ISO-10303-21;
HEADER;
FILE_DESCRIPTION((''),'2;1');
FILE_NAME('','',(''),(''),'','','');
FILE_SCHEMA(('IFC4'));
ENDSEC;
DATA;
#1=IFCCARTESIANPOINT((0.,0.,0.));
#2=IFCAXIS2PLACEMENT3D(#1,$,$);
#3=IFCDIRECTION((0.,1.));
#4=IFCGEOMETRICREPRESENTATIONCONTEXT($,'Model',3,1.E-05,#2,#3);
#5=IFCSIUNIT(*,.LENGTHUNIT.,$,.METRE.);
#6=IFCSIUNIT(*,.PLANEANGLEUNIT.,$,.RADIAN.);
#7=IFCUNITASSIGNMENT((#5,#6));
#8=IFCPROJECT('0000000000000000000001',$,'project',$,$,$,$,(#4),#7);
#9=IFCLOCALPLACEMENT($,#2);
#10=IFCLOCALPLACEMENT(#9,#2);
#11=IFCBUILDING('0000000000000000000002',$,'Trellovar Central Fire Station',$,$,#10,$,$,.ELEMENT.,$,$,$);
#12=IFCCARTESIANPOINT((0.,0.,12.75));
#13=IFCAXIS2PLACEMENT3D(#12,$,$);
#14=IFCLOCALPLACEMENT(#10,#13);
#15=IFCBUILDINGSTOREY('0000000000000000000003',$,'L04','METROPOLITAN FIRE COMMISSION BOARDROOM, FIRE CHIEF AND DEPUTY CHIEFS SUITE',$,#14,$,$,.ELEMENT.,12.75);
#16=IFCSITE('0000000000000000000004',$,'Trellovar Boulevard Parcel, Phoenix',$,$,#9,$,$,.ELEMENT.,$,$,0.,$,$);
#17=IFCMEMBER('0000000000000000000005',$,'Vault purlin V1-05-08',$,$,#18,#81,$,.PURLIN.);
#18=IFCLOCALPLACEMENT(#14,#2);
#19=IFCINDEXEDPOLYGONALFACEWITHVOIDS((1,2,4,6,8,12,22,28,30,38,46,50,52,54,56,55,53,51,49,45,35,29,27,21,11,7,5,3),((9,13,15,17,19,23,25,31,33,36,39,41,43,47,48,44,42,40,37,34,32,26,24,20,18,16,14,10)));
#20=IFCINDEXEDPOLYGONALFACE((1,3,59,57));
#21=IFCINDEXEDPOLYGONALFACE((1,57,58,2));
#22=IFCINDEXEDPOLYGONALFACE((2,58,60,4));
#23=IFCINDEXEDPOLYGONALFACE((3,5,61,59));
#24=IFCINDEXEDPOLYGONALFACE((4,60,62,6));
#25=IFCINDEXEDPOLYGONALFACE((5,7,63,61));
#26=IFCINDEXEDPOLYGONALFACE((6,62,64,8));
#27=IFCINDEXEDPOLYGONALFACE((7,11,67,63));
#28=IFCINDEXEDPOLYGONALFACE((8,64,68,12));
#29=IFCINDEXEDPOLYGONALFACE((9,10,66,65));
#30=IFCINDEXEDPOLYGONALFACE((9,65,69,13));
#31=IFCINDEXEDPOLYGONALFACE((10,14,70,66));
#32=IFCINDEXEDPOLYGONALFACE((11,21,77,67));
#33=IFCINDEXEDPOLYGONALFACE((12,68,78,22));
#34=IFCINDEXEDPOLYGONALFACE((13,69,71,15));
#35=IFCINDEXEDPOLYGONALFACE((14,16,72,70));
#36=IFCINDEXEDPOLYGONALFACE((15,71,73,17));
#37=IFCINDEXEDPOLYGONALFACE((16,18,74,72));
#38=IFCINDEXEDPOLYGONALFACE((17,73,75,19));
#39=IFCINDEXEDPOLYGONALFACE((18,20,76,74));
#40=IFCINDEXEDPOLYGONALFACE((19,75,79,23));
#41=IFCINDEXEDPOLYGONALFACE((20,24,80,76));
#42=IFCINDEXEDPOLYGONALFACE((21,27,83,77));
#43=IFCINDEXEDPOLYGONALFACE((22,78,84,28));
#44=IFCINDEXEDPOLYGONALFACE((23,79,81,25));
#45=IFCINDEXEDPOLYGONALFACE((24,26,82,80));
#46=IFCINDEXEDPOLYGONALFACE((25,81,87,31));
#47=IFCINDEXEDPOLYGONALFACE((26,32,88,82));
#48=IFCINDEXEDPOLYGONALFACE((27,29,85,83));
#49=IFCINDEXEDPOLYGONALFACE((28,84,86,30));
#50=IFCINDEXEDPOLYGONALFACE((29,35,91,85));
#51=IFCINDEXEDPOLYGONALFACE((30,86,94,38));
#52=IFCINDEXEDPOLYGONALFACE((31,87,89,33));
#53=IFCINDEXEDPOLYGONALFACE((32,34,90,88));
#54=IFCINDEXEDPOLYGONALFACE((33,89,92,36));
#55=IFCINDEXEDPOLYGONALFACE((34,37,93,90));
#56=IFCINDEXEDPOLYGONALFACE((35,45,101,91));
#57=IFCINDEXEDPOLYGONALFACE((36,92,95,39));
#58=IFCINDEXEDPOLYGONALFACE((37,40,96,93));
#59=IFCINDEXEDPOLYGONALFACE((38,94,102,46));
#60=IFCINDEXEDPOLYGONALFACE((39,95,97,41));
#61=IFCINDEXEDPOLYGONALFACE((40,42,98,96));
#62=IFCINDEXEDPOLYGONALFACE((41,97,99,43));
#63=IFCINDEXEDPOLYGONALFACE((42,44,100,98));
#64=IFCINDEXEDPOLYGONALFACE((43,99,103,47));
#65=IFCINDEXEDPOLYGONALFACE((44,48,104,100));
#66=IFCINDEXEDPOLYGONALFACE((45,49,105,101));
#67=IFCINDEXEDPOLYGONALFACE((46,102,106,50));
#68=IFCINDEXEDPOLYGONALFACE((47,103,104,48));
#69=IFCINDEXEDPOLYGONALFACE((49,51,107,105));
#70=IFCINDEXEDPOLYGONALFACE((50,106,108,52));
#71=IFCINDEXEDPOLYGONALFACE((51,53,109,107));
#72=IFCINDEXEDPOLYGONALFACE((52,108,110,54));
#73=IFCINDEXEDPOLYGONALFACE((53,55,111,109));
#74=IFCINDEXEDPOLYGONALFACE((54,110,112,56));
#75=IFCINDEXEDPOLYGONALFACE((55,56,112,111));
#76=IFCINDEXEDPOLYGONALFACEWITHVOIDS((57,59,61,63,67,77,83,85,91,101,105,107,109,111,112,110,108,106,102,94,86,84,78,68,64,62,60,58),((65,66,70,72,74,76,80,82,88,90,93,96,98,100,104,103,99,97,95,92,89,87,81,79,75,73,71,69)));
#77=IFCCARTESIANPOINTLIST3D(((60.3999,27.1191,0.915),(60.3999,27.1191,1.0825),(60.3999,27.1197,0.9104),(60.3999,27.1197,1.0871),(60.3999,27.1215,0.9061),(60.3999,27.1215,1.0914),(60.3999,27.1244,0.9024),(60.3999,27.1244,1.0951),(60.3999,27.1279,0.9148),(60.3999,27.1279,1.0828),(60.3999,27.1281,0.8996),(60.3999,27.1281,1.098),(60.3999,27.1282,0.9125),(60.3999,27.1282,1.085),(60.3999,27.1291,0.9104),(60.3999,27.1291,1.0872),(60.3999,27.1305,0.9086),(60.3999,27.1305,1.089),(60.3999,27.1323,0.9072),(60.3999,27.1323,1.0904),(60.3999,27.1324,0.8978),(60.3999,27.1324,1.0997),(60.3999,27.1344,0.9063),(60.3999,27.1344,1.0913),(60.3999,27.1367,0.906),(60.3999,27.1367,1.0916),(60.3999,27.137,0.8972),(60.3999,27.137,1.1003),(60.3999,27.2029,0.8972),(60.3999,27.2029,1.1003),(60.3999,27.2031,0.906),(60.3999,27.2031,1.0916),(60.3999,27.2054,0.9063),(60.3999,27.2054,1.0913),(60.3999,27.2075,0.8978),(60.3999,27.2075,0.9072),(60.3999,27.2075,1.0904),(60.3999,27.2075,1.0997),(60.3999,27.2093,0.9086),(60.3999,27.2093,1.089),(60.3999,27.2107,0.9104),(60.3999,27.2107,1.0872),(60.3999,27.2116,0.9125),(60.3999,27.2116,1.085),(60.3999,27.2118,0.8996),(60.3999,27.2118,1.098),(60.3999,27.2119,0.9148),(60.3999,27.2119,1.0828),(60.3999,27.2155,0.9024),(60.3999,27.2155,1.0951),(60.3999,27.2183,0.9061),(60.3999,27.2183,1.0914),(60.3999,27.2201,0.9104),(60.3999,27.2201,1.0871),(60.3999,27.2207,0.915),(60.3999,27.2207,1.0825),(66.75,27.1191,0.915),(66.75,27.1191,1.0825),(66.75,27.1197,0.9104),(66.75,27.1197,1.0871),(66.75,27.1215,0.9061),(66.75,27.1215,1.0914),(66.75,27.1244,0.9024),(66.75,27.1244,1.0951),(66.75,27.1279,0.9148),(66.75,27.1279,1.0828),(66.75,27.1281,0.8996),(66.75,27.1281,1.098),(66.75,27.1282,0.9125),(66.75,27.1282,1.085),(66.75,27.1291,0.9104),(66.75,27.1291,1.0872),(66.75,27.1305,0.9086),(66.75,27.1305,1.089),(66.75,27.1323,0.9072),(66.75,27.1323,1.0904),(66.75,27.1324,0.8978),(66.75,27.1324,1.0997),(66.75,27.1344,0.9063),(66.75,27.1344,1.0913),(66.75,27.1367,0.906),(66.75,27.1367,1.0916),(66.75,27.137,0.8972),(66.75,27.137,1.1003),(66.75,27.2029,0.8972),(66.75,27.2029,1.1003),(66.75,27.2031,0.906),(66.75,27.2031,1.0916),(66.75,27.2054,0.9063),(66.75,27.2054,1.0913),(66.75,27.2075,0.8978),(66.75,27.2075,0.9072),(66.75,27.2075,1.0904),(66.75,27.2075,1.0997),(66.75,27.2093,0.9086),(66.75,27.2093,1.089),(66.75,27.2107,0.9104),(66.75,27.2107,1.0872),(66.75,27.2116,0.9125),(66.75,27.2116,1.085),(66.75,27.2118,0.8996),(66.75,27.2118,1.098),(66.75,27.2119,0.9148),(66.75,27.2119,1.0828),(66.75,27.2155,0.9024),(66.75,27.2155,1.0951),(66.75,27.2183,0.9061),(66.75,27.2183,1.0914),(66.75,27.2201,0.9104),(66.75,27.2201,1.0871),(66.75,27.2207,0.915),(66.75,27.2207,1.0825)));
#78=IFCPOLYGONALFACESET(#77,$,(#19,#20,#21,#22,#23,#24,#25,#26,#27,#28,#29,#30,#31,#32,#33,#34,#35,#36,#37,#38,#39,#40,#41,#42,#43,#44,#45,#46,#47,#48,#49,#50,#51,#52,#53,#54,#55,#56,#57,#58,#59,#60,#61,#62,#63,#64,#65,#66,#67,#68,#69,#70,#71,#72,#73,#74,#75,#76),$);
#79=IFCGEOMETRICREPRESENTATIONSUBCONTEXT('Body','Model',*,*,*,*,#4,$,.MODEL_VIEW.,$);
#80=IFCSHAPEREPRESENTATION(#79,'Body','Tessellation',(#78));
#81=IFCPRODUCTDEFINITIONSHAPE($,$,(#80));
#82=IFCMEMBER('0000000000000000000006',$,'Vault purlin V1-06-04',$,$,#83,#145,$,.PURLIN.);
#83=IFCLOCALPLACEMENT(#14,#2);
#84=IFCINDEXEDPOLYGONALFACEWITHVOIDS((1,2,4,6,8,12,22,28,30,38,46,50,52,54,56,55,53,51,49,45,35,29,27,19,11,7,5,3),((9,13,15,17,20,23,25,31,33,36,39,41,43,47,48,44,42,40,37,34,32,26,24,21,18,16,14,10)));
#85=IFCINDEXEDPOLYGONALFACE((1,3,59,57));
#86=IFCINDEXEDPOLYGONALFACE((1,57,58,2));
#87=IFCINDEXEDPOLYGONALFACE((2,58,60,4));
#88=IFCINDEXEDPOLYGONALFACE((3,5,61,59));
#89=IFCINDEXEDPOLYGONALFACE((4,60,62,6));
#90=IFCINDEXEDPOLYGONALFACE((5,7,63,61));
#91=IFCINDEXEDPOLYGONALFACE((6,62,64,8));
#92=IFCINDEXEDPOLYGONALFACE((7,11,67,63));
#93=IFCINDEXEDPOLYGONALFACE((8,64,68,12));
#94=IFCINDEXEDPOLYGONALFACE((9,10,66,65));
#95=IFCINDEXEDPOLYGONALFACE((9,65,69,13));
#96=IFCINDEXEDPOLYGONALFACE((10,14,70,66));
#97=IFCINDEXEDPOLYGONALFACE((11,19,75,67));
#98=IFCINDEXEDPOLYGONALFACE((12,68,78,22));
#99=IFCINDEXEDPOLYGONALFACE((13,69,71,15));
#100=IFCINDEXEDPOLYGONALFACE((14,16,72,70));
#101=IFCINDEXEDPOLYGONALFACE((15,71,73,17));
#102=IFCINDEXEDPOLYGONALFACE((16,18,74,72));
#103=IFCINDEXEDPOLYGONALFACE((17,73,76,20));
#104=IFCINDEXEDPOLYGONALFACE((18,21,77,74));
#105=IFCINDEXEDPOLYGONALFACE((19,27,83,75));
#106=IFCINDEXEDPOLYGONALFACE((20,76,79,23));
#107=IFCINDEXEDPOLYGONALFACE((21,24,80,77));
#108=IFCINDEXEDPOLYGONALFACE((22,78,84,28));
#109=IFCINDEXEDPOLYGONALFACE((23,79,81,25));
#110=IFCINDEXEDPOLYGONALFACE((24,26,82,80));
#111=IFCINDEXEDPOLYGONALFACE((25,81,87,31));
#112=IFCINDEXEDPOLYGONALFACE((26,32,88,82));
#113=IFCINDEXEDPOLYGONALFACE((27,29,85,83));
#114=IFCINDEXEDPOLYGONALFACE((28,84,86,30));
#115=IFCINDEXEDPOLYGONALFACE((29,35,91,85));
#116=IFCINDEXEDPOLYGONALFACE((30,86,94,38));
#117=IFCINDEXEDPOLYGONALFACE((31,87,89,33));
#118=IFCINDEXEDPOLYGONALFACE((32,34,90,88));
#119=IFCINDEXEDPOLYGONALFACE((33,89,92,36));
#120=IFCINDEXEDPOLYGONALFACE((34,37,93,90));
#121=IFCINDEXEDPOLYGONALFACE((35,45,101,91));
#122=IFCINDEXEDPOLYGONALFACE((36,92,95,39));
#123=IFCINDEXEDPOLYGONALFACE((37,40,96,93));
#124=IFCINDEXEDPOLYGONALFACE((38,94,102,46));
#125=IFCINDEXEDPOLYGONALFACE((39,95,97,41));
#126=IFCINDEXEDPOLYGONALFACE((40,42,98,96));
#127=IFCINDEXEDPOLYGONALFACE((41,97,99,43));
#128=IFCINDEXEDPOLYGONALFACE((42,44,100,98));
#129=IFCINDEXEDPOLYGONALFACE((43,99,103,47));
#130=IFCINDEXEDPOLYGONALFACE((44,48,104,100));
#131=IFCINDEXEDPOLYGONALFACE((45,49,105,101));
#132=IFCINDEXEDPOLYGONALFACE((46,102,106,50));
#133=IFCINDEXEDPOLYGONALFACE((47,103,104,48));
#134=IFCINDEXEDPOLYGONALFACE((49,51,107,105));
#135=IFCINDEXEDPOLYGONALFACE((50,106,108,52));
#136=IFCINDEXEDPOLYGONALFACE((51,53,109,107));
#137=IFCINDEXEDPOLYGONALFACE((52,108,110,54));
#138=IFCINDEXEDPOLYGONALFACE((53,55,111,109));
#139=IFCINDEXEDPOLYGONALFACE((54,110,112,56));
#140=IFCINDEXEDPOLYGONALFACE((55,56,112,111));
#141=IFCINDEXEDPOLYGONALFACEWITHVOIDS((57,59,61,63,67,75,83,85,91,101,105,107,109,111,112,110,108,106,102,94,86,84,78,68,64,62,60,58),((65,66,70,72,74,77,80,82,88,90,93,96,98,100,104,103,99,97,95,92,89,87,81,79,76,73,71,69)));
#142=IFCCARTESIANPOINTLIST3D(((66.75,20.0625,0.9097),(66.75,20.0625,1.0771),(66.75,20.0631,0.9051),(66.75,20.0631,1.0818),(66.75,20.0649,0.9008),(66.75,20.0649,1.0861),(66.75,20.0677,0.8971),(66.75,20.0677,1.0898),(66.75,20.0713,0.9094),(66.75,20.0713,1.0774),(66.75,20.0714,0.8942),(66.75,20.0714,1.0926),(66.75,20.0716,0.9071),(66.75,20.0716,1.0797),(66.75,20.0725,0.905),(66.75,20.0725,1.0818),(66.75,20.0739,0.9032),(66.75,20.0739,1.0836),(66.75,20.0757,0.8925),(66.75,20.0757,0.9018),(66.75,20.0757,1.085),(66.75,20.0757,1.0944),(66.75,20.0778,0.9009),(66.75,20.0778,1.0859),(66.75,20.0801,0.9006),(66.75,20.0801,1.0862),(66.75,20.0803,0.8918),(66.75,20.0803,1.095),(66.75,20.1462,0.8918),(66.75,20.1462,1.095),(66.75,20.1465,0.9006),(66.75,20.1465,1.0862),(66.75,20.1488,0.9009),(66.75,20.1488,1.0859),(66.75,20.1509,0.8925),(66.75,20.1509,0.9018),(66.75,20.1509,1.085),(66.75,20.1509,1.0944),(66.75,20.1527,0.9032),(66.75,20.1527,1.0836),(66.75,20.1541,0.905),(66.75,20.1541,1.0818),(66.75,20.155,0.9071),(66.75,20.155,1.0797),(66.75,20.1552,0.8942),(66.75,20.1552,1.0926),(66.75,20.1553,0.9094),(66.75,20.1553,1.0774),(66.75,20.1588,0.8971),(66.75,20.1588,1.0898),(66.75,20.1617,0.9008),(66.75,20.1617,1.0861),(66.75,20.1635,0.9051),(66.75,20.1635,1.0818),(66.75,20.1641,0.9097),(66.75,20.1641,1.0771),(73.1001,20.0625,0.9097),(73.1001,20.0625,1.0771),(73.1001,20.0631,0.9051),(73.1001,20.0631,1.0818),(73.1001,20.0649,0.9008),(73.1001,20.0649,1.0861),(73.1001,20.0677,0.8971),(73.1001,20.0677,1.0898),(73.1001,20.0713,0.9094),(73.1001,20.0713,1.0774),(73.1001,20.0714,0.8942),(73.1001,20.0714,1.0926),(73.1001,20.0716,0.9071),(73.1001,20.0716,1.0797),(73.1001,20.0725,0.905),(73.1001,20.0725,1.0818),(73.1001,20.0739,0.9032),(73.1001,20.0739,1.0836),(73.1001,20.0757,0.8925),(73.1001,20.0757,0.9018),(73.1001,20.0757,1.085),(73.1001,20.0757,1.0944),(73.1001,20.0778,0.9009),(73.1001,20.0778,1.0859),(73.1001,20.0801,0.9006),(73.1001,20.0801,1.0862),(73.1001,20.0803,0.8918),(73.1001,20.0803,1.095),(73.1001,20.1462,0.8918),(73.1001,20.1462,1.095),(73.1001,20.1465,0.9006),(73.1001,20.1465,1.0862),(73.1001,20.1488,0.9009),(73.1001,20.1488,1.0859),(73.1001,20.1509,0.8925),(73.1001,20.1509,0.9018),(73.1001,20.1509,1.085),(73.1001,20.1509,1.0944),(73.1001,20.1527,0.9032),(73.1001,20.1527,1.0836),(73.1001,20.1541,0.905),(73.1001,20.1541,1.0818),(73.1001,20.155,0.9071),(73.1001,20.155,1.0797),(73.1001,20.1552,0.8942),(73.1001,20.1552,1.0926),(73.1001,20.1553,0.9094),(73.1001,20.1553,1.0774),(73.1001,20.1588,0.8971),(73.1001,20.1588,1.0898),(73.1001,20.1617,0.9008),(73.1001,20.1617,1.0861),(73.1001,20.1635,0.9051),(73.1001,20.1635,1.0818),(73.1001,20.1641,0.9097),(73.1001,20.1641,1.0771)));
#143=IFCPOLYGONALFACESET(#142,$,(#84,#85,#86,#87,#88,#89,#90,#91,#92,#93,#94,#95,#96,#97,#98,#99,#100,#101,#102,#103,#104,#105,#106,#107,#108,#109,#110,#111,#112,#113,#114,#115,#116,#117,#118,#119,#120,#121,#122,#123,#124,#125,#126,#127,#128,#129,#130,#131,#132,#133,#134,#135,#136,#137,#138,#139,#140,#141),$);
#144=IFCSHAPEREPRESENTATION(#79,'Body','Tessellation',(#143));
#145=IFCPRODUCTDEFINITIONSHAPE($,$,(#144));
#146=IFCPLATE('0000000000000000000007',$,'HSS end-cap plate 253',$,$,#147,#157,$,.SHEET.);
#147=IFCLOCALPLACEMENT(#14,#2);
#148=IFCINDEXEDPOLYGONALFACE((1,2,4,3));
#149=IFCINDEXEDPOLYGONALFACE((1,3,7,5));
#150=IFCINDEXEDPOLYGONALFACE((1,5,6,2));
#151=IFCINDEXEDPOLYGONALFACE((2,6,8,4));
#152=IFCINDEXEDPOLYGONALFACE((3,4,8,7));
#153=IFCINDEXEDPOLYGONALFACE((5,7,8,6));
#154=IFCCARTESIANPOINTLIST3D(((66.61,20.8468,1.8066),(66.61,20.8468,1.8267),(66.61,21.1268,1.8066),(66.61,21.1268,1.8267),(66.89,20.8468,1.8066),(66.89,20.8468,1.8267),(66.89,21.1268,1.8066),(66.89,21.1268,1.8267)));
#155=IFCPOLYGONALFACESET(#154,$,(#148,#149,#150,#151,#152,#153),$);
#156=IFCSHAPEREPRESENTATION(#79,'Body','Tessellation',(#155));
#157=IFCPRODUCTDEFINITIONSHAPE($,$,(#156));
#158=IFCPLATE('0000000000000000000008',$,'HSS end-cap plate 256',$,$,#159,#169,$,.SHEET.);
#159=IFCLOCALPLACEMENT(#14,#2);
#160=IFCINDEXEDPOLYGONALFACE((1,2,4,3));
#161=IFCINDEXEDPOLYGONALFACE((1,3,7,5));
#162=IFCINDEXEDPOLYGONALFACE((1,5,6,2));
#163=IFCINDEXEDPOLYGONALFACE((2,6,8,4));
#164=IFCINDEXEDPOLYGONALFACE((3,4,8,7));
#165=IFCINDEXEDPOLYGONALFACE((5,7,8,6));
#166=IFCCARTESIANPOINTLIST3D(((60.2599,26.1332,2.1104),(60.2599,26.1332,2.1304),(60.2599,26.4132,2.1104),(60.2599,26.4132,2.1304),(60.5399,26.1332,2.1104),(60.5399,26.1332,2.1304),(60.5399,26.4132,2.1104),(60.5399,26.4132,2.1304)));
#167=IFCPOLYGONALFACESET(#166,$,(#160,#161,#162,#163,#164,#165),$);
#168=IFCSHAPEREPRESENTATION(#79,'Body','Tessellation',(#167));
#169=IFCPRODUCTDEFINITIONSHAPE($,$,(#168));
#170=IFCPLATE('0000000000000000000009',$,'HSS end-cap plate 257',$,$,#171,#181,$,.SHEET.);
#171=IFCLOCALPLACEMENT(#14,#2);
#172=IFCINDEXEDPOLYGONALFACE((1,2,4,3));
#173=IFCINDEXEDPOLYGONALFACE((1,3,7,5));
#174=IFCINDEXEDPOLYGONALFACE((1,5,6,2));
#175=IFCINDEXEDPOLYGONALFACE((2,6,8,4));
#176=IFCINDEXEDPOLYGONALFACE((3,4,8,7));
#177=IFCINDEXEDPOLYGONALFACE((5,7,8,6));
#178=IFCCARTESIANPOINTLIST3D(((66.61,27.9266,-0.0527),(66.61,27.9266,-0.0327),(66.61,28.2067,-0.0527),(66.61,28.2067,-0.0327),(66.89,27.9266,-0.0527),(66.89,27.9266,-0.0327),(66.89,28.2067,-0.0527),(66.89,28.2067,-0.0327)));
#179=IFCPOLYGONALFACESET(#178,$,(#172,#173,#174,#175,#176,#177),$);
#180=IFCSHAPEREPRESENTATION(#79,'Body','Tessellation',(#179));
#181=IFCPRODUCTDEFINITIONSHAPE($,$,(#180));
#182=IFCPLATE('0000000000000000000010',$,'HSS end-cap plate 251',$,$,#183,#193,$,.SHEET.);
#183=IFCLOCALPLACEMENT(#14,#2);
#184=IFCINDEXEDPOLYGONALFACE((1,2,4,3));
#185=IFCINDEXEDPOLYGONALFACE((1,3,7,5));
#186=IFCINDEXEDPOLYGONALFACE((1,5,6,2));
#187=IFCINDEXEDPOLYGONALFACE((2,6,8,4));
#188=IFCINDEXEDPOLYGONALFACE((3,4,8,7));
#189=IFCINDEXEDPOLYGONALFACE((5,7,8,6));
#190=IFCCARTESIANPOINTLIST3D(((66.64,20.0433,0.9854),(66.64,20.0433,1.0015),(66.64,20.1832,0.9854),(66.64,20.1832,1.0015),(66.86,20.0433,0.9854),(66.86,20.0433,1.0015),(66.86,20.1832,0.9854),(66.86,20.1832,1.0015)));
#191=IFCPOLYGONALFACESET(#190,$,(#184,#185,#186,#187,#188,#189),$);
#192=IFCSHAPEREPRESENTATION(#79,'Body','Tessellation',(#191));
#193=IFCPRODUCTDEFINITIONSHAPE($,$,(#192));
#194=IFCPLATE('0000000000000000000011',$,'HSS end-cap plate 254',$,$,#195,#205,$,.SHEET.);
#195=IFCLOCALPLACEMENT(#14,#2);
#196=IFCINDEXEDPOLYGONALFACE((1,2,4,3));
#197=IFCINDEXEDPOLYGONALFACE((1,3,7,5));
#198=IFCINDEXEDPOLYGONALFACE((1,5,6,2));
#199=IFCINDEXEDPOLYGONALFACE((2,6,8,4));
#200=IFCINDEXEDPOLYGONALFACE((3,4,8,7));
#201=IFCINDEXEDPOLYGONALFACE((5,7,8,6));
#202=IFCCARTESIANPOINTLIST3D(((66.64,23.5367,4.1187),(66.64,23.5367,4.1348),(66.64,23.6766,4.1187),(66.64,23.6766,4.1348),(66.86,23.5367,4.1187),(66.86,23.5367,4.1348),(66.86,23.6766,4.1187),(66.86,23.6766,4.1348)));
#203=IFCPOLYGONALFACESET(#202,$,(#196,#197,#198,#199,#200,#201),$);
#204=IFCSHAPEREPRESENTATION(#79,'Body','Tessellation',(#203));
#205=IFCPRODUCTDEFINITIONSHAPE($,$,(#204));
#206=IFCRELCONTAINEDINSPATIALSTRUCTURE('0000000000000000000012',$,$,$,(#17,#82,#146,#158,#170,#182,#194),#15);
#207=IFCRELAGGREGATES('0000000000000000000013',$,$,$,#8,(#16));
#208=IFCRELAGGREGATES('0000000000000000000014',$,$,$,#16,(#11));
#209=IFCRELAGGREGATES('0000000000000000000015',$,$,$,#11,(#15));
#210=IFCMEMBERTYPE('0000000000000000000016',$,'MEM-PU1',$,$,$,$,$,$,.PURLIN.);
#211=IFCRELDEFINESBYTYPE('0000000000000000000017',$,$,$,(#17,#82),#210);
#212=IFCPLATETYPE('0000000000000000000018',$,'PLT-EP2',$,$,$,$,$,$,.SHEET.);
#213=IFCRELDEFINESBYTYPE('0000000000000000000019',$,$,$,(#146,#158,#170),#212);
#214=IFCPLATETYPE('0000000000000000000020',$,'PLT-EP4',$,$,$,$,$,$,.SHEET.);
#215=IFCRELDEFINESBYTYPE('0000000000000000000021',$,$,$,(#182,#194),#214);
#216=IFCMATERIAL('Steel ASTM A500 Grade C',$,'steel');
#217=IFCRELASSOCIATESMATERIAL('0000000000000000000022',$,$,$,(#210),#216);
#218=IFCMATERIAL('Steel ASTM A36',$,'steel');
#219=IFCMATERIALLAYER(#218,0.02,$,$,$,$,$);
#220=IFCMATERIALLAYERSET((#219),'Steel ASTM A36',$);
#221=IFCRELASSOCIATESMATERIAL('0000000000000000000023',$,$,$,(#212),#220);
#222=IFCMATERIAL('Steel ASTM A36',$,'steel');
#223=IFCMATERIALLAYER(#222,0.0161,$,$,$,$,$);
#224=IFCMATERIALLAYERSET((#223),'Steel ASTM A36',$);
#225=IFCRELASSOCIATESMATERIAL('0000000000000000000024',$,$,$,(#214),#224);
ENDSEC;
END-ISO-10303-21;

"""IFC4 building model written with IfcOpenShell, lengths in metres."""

from ifc_helpers import new_model, si_unit, direction, frame, origin, origin_2d, place, context, subcontext, project, spatial, rectangle, hollow_rectangle, extrude, material, layer, layer_set, material_profile, profile_set, type_object, element, save


model = new_model("IFC4")

# Units and contexts
model_context = context("Model", 3, precision=1e-05, world=origin(), true_north=direction((0.0, 1.0)))
body_context = subcontext(model_context, "Body", "Model", "MODEL_VIEW")
ifc_project = project(units=[si_unit("LENGTHUNIT", "METRE"), si_unit("PLANEANGLEUNIT", "RADIAN")], contexts=[model_context])

# Site, building, storey
site_placement = place(None, origin())
site = spatial("IfcSite", under=ifc_project, at=site_placement, Name="Trellovar Boulevard Parcel, Phoenix", CompositionType="ELEMENT", RefElevation=0.0)
building_placement = place(site_placement, origin())
building = spatial("IfcBuilding", under=site, at=building_placement, Name="Trellovar Central Fire Station", CompositionType="ELEMENT")
storey_placement = place(building_placement, frame((0.0, 0.0, 12.75)))
storey = spatial("IfcBuildingStorey", under=building, at=storey_placement, Name="L04", Description="METROPOLITAN FIRE COMMISSION BOARDROOM, FIRE CHIEF AND DEPUTY CHIEFS SUITE", CompositionType="ELEMENT", Elevation=12.75)

# Members
ifc_material_1 = material(Name="Steel ASTM A500 Grade C", Category="steel")
ifc_material_profile_1 = material_profile(ifc_material_1, hollow_rectangle(XDim=0.1016, YDim=0.2031, WallThickness=0.0088, InnerFilletRadius=0.0088, OuterFilletRadius=0.0178, at=origin_2d()), Name="HSS8X4X3/8")
ifc_profile_set_1 = profile_set([ifc_material_profile_1], Name="Steel ASTM A500 Grade C")
member_type_1 = type_object("IfcMemberType", Name="MEM-PU1", PredefinedType="PURLIN", material=ifc_profile_set_1)
for number, where, z_axis, x_axis, name in (
    (1, (60.3999, 27.1699, 0.9988), (1.0, 0.0, 0.0), (0.0, 1.0, 0.0), "Vault purlin V1-05-08"),
    (2, (66.75, 20.1133, 0.9934), (1.0, 0.0, 0.0), (0.0, 1.0, 0.0), "Vault purlin V1-06-04"),
):
    element("IfcMember", number, at=place(storey_placement, frame(where, z_axis=z_axis, x_axis=x_axis)), inside=storey, type_object=member_type_1, Name=name, PredefinedType="PURLIN", context=body_context, shape_type="SweptSolid", body=[
        extrude(hollow_rectangle(XDim=0.1016, YDim=0.2031, WallThickness=0.0088, InnerFilletRadius=0.0088, OuterFilletRadius=0.0178, at=origin_2d()), origin(), (0.0, 0.0, 1.0), 6.3501),
    ])

# Plates
ifc_material_2 = material(Name="Steel ASTM A36", Category="steel")
ifc_layer_1 = layer(ifc_material_2, 0.02)
ifc_layer_set_1 = layer_set([ifc_layer_1], Name="Steel ASTM A36")
plate_type_1 = type_object("IfcPlateType", Name="PLT-EP2", PredefinedType="SHEET", material=ifc_layer_set_1)
for number, where, z_axis, x_axis, name in (
    (3, (66.75, 20.9868, 1.8066), (0.0, 0.0, 1.0), (1.0, 0.0, 0.0), "HSS end-cap plate 253"),
    (4, (60.3999, 26.2732, 2.1104), (0.0, 0.0, 1.0), (1.0, 0.0, 0.0), "HSS end-cap plate 256"),
    (5, (66.75, 28.0667, -0.0527), (0.0, 0.0, 1.0), (1.0, 0.0, 0.0), "HSS end-cap plate 257"),
):
    element("IfcPlate", number, at=place(storey_placement, frame(where, z_axis=z_axis, x_axis=x_axis)), inside=storey, type_object=plate_type_1, Name=name, PredefinedType="SHEET", context=body_context, shape_type="SweptSolid", body=[
        extrude(rectangle(XDim=0.28, YDim=0.28, at=origin_2d()), origin(), (0.0, 0.0, 1.0), 0.02),
    ])
ifc_material_3 = material(Name="Steel ASTM A36", Category="steel")
ifc_layer_2 = layer(ifc_material_3, 0.0161)
ifc_layer_set_2 = layer_set([ifc_layer_2], Name="Steel ASTM A36")
plate_type_2 = type_object("IfcPlateType", Name="PLT-EP4", PredefinedType="SHEET", material=ifc_layer_set_2)
for number, where, z_axis, x_axis, name in (
    (6, (66.75, 20.1133, 0.9854), (0.0, 0.0, 1.0), (1.0, 0.0, 0.0), "HSS end-cap plate 251"),
    (7, (66.75, 23.6067, 4.1187), (0.0, 0.0, 1.0), (1.0, 0.0, 0.0), "HSS end-cap plate 254"),
):
    element("IfcPlate", number, at=place(storey_placement, frame(where, z_axis=z_axis, x_axis=x_axis)), inside=storey, type_object=plate_type_2, Name=name, PredefinedType="SHEET", context=body_context, shape_type="SweptSolid", body=[
        extrude(rectangle(XDim=0.22, YDim=0.1399, at=origin_2d()), origin(), (0.0, 0.0, 1.0), 0.0161),
    ])

save(model, "model.ifc")
